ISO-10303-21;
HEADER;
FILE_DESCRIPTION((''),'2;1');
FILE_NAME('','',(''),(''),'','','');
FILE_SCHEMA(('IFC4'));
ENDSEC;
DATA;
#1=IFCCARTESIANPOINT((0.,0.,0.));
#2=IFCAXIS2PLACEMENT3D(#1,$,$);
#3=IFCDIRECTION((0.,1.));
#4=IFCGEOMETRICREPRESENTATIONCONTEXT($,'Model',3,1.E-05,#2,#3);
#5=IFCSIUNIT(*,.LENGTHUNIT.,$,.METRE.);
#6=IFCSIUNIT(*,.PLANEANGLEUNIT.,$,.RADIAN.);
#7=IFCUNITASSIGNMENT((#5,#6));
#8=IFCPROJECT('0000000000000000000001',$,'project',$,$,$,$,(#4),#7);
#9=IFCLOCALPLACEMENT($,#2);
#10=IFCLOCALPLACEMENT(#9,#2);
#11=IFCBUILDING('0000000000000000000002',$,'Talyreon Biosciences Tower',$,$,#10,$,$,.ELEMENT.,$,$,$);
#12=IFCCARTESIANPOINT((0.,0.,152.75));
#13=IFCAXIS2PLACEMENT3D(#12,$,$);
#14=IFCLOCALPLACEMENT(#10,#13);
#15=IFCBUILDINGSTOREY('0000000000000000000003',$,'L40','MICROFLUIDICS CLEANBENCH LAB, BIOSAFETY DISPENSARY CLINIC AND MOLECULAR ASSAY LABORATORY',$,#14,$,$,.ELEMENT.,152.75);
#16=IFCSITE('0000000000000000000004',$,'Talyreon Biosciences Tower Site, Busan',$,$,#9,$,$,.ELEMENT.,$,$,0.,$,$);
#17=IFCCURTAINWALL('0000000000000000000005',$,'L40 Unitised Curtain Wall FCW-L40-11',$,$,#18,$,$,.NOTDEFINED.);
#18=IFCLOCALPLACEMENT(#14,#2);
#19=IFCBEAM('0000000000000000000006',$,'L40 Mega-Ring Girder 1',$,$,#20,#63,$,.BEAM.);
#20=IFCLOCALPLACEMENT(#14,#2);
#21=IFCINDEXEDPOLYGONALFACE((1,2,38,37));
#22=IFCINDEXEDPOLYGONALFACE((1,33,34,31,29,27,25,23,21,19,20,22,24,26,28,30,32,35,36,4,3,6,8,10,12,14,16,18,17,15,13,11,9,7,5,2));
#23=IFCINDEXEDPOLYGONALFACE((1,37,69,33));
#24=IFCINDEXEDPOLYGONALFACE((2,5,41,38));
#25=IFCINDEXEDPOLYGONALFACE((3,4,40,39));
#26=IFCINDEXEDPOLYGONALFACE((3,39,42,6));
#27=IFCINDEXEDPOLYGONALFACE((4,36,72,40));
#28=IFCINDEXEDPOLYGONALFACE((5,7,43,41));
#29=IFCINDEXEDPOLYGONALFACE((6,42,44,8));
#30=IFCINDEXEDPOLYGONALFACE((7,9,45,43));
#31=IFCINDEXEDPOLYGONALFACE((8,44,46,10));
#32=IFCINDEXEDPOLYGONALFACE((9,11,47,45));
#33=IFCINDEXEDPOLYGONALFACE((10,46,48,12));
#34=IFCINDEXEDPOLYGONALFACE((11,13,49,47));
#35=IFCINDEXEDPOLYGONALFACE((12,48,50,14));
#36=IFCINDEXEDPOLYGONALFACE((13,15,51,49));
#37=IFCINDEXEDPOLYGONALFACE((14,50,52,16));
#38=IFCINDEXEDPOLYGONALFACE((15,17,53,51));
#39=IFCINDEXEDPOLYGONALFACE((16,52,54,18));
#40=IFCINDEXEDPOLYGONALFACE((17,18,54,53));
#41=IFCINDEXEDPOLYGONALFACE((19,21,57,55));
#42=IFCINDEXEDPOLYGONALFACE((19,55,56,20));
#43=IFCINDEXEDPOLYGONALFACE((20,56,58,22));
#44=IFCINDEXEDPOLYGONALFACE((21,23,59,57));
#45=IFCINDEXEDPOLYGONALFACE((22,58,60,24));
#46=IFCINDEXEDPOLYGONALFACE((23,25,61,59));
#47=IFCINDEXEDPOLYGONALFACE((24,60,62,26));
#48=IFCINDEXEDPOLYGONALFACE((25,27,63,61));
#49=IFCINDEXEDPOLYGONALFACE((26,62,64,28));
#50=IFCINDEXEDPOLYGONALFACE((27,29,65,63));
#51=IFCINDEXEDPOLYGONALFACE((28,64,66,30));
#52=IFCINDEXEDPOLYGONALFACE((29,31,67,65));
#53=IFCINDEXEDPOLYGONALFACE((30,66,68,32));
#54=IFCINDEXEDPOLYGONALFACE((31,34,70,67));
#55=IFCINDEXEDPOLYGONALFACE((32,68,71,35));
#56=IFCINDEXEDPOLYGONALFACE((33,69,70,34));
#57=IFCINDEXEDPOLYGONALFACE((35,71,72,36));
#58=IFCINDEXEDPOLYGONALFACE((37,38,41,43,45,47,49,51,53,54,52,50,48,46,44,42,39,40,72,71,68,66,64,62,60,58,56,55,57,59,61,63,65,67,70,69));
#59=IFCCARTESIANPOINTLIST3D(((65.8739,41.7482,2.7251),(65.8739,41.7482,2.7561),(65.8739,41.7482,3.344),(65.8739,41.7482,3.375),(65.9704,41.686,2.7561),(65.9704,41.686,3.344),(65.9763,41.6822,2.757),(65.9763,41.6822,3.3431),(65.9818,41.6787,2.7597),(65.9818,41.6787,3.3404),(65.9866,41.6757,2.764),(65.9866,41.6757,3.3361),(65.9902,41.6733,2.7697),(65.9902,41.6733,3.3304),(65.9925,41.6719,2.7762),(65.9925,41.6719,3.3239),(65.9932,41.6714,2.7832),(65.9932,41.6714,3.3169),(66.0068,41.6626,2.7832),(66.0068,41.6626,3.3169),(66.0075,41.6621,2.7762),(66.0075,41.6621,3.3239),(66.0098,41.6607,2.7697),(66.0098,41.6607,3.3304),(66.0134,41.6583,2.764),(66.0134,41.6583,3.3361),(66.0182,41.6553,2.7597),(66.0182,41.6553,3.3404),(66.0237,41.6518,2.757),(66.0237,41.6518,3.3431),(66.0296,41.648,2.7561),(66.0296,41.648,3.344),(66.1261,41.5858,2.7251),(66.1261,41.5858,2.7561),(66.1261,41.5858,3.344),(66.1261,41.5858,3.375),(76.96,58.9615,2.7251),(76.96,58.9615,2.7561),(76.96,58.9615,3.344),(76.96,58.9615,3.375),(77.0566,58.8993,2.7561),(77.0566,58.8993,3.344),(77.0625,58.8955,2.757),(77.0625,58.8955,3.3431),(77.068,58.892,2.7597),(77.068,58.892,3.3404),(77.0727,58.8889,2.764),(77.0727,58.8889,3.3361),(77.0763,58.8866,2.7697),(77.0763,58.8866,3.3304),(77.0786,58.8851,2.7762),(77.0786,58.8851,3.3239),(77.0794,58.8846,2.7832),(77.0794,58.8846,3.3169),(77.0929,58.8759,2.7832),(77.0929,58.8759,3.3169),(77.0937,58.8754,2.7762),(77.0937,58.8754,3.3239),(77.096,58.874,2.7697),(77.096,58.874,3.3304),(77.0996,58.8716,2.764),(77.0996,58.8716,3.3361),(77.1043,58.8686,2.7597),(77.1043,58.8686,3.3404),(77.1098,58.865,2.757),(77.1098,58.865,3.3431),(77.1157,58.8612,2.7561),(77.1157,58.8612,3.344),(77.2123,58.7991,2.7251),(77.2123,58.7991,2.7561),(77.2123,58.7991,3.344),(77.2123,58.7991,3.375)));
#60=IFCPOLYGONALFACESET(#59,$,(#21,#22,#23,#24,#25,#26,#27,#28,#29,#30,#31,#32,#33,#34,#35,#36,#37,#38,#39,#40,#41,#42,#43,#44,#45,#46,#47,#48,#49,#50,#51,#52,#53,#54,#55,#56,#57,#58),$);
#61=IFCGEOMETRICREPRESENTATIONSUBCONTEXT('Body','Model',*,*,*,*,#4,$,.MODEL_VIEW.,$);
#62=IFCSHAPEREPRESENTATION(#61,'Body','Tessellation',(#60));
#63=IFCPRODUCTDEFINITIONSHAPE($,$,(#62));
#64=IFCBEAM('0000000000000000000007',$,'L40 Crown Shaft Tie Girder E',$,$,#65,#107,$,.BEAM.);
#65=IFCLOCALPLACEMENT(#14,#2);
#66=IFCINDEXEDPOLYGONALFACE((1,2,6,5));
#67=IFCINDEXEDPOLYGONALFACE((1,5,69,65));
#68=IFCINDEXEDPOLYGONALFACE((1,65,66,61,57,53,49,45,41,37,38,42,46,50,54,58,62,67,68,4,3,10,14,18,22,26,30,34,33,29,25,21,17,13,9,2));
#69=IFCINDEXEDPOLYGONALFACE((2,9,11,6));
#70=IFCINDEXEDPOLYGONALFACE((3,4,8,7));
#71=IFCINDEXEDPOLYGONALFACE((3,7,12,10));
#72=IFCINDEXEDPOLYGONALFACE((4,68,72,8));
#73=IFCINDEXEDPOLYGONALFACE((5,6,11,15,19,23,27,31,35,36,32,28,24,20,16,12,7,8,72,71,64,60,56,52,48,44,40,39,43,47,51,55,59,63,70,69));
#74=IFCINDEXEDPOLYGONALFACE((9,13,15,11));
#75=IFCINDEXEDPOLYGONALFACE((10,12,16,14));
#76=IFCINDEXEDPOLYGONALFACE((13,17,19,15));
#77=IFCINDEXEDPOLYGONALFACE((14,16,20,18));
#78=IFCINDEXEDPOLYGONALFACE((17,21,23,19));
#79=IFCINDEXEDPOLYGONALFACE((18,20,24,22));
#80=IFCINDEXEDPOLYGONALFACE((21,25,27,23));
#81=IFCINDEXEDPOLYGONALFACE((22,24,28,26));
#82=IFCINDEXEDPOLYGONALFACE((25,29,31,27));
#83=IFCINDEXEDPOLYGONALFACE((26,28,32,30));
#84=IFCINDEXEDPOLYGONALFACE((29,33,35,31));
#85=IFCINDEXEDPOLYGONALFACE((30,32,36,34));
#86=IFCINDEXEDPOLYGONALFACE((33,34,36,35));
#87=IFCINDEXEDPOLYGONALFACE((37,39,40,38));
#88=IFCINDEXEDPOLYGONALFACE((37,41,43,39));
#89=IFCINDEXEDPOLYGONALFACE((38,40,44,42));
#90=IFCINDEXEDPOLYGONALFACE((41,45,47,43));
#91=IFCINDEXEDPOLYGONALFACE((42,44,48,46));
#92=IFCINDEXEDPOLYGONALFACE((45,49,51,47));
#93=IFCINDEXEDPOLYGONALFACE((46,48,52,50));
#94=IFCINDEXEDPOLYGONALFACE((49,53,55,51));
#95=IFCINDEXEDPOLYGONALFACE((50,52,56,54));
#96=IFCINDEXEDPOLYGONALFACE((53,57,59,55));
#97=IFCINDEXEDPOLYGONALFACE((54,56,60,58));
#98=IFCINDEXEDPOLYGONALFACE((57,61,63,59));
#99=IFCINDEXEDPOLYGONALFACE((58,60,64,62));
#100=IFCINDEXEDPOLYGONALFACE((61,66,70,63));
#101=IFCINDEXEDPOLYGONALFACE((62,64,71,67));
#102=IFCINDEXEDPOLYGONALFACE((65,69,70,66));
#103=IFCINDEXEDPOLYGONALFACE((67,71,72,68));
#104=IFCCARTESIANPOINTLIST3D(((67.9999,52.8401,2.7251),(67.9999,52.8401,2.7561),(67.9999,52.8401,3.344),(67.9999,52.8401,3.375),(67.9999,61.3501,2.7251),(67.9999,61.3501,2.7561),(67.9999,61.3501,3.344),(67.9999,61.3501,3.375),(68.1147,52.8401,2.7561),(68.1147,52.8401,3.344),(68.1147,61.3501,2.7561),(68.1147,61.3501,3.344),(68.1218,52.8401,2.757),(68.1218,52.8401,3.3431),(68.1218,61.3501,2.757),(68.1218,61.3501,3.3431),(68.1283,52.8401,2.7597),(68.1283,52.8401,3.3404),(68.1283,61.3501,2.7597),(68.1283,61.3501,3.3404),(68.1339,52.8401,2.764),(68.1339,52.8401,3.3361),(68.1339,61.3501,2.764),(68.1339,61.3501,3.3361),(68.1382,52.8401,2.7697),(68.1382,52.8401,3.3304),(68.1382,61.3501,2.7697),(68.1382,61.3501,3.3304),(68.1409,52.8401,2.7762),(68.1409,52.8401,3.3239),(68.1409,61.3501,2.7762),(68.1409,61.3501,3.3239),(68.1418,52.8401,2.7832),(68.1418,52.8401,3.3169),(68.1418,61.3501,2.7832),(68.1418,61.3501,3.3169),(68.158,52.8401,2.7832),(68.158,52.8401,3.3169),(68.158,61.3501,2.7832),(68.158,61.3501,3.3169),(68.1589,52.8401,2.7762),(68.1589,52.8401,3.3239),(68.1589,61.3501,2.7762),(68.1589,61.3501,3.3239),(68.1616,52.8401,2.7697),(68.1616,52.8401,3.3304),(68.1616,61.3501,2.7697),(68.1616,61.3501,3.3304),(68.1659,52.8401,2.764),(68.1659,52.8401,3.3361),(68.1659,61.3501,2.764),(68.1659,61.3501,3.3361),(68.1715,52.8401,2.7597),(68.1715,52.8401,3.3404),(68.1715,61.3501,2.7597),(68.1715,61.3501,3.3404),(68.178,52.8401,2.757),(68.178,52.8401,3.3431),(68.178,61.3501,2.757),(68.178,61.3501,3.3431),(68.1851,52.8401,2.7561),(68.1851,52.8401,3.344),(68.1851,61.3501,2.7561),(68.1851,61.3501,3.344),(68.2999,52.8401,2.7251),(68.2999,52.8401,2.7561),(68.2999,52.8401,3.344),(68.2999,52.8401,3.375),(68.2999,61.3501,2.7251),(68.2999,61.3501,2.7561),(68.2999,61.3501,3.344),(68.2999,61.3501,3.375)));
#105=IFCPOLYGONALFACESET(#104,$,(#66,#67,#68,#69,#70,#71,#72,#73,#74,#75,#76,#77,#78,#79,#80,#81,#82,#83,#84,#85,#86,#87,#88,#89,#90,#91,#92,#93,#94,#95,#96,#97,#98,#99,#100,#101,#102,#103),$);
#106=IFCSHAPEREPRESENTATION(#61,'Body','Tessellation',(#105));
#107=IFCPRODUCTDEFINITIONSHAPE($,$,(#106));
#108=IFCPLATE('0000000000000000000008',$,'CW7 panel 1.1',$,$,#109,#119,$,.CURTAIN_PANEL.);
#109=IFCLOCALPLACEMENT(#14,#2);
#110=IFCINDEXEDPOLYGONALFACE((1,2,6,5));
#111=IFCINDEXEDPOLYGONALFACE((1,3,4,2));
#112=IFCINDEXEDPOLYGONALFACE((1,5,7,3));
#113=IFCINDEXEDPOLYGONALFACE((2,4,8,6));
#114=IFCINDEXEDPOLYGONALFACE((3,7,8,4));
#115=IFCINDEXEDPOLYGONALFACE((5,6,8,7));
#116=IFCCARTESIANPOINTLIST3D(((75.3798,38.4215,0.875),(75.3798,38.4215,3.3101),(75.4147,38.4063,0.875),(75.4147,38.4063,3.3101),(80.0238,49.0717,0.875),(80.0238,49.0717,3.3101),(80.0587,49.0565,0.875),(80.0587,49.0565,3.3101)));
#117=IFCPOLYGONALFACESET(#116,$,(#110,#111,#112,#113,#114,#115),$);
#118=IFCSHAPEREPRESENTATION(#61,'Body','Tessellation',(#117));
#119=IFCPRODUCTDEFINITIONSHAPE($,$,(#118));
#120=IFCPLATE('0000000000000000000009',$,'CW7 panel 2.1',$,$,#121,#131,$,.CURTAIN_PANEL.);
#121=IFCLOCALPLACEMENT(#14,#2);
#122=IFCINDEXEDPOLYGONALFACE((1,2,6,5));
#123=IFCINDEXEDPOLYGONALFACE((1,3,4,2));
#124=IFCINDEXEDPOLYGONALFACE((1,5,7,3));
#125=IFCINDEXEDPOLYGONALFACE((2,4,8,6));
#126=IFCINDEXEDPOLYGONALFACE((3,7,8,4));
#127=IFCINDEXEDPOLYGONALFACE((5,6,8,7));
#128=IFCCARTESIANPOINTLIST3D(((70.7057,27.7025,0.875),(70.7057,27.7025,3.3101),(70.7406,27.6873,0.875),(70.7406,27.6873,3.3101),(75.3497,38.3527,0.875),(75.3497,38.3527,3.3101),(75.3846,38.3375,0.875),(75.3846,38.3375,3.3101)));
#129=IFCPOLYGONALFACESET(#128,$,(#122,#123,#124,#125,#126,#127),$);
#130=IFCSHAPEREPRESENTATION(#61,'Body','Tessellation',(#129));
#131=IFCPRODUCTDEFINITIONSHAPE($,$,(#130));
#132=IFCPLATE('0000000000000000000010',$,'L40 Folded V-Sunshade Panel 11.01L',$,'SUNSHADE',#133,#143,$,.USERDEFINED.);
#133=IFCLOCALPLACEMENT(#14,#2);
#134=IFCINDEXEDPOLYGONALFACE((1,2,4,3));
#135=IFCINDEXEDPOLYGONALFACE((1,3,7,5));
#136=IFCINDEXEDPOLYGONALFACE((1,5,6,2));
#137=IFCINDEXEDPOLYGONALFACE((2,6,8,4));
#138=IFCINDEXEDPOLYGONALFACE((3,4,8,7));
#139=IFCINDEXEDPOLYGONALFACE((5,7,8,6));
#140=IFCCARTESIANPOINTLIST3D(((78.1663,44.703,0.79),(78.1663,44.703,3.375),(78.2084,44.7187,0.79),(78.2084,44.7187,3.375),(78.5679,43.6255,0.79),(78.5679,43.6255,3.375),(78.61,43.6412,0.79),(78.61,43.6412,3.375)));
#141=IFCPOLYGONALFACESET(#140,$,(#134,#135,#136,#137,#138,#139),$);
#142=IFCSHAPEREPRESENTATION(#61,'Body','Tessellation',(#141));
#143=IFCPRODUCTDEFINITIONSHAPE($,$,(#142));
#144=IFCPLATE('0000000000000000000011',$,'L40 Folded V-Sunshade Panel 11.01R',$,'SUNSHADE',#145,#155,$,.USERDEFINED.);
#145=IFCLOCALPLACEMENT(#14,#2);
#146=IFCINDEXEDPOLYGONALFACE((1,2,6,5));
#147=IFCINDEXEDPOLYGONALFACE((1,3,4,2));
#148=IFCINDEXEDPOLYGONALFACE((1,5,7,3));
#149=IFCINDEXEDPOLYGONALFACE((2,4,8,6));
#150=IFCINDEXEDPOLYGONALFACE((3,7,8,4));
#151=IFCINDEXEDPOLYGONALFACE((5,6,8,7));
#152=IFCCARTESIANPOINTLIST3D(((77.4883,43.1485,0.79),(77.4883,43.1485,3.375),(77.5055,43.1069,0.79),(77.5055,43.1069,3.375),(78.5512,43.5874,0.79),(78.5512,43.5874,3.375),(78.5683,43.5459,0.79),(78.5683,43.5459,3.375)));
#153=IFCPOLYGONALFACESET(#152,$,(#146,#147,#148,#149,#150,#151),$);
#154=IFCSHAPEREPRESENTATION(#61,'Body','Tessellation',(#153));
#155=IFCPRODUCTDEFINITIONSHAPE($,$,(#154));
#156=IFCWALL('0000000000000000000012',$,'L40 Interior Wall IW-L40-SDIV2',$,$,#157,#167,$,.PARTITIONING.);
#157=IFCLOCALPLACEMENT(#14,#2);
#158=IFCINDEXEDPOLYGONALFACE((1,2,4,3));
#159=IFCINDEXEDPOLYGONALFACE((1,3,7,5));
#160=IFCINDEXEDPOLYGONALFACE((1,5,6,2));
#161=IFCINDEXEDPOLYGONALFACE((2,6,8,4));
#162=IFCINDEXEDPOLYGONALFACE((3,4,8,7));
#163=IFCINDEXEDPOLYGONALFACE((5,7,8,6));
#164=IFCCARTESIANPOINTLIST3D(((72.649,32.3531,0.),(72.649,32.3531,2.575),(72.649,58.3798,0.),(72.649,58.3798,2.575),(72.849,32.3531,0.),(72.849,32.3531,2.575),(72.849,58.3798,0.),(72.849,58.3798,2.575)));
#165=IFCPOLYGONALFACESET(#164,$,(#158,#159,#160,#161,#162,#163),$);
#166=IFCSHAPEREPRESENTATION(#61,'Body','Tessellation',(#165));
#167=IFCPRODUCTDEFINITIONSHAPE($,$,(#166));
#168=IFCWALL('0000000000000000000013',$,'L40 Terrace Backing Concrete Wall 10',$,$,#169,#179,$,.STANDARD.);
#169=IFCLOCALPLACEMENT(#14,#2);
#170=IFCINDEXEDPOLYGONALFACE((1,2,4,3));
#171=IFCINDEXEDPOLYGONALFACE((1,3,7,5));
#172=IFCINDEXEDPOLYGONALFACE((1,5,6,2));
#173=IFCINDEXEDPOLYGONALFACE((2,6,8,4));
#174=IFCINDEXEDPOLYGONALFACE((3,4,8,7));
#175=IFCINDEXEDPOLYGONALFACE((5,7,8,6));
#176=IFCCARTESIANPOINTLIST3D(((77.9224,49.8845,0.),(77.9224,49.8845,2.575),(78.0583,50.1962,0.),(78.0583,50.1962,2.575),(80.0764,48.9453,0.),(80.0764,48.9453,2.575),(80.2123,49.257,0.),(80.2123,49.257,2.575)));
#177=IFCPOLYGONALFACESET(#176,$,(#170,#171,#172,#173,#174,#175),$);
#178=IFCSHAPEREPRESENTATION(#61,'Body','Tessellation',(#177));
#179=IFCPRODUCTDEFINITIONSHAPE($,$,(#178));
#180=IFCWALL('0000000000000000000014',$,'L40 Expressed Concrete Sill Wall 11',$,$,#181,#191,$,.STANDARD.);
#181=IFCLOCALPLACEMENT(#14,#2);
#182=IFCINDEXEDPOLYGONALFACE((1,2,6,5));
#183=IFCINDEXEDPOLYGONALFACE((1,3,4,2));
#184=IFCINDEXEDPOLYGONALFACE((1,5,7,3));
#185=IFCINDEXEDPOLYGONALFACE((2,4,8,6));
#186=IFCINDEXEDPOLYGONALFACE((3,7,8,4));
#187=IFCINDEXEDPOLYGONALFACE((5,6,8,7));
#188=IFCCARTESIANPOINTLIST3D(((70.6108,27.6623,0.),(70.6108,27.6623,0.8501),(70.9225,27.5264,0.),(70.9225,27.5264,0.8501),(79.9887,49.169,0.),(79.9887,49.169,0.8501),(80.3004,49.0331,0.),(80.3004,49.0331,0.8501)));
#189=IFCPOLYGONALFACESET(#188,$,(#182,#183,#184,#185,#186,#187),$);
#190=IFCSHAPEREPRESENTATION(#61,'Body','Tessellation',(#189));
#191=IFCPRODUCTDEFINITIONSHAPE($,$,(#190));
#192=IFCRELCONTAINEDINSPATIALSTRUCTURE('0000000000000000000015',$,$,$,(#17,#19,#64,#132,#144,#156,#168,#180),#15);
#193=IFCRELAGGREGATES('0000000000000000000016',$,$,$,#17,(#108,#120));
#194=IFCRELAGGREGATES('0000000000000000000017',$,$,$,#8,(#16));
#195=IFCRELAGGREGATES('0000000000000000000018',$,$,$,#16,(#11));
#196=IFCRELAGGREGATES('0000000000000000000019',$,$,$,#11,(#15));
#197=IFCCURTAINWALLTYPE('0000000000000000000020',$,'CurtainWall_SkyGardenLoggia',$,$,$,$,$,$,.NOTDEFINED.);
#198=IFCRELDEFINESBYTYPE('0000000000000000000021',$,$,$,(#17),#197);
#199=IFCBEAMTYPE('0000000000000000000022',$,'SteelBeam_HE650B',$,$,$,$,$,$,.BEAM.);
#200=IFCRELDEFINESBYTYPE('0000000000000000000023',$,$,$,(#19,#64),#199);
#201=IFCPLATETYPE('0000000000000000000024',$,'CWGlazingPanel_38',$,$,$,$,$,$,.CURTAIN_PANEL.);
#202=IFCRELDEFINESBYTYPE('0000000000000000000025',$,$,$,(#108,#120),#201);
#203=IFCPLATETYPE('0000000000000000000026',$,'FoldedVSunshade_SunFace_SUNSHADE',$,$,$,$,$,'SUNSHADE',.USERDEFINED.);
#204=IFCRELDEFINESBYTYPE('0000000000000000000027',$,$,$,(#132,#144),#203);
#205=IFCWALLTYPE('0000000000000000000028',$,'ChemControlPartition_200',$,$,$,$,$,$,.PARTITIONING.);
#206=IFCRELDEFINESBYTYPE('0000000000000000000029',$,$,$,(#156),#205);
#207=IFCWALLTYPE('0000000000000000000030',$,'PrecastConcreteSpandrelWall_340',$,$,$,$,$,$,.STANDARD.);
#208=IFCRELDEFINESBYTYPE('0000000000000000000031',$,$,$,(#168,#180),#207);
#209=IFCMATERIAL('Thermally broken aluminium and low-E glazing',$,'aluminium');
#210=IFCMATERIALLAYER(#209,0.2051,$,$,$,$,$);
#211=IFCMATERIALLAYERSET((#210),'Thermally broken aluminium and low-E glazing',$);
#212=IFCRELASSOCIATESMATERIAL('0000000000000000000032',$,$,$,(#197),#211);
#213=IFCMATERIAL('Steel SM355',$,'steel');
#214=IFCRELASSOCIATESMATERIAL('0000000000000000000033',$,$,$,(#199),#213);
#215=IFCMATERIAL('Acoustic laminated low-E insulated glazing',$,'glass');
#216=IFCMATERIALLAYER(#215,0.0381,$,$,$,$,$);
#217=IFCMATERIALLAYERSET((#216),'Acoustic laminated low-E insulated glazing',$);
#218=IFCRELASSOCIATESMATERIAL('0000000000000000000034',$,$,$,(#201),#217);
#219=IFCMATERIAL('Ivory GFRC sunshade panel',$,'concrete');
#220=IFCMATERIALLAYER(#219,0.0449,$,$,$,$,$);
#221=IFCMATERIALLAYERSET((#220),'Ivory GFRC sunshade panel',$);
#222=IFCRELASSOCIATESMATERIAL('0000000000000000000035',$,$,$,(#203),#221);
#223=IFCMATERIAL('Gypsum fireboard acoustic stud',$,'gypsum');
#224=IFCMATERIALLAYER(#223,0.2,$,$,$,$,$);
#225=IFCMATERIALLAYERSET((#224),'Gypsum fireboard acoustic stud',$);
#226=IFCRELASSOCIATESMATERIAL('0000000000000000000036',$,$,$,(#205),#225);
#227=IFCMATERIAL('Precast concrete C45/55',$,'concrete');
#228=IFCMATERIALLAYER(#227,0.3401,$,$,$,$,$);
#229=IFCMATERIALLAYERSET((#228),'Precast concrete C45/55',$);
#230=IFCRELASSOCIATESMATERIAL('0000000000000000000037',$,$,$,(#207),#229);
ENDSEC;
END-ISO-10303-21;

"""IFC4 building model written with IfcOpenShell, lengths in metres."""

from ifc_helpers import new_model, si_unit, direction, frame, frame_2d, origin, origin_2d, place, context, subcontext, project, spatial, rectangle, i_section, extrude, material, layer, layer_set, material_profile, profile_set, type_object, element, aggregate, save


model = new_model("IFC4")

# Units and contexts
model_context = context("Model", 3, precision=1e-05, world=origin(), true_north=direction((0.0, 1.0)))
body_context = subcontext(model_context, "Body", "Model", "MODEL_VIEW")
ifc_project = project(units=[si_unit("LENGTHUNIT", "METRE"), si_unit("PLANEANGLEUNIT", "RADIAN")], contexts=[model_context])

# Site, building, storey
site_placement = place(None, origin())
site = spatial("IfcSite", under=ifc_project, at=site_placement, Name="Talyreon Biosciences Tower Site, Busan", CompositionType="ELEMENT", RefElevation=0.0)
building_placement = place(site_placement, origin())
building = spatial("IfcBuilding", under=site, at=building_placement, Name="Talyreon Biosciences Tower", CompositionType="ELEMENT")
storey_placement = place(building_placement, frame((0.0, 0.0, 152.75)))
storey = spatial("IfcBuildingStorey", under=building, at=storey_placement, Name="L40", Description="MICROFLUIDICS CLEANBENCH LAB, BIOSAFETY DISPENSARY CLINIC AND MOLECULAR ASSAY LABORATORY", CompositionType="ELEMENT", Elevation=152.75)

# Shared definitions
ifc_material_1 = material(Name="Precast concrete C45/55", Category="concrete")

# Curtain wall
ifc_material_2 = material(Name="Thermally broken aluminium and low-E glazing", Category="aluminium")
ifc_layer_1 = layer(ifc_material_2, 0.2051)
ifc_layer_set_1 = layer_set([ifc_layer_1], Name="Thermally broken aluminium and low-E glazing")
curtain_wall_type = type_object("IfcCurtainWallType", Name="CurtainWall_SkyGardenLoggia", PredefinedType="NOTDEFINED", material=ifc_layer_set_1)
curtain_wall_placement = place(storey_placement, origin())
curtain_wall = element("IfcCurtainWall", 1, at=curtain_wall_placement, inside=storey, type_object=curtain_wall_type, Name="L40 Unitised Curtain Wall FCW-L40-11", PredefinedType="NOTDEFINED")

# Beams
ifc_material_3 = material(Name="Steel SM355", Category="steel")
ifc_material_profile_1 = material_profile(ifc_material_3, i_section(OverallWidth=0.3, OverallDepth=0.6499, WebThickness=0.0161, FlangeThickness=0.031, FilletRadius=0.0271, at=origin_2d()), Name="HE650B")
ifc_profile_set_1 = profile_set([ifc_material_profile_1], Name="Steel SM355")
beam_type_1 = type_object("IfcBeamType", Name="SteelBeam_HE650B", PredefinedType="BEAM", material=ifc_profile_set_1)
beam_1_placement = place(storey_placement, frame((66.0, 41.667, 3.05), z_axis=(0.541464, 0.840724, 0.0), x_axis=(-0.840724, 0.541464, 0.0)))
element("IfcBeam", 2, at=beam_1_placement, inside=storey, type_object=beam_type_1, Name="L40 Mega-Ring Girder 1", PredefinedType="BEAM", context=body_context, shape_type="SweptSolid", body=[
    extrude(i_section(OverallWidth=0.3, OverallDepth=0.6499, WebThickness=0.0161, FlangeThickness=0.031, FilletRadius=0.0271, at=origin_2d()), origin(), (0.0, 0.0, 1.0), 20.4744),
])
beam_2_placement = place(storey_placement, frame((68.1499, 52.8401, 3.05), z_axis=(0.0, 1.0, 0.0), x_axis=(-1.0, 0.0, 0.0)))
element("IfcBeam", 3, at=beam_2_placement, inside=storey, type_object=beam_type_1, Name="L40 Crown Shaft Tie Girder E", PredefinedType="BEAM", context=body_context, shape_type="SweptSolid", body=[
    extrude(i_section(OverallWidth=0.3, OverallDepth=0.6499, WebThickness=0.0161, FlangeThickness=0.031, FilletRadius=0.0271, at=origin_2d()), origin(), (0.0, 0.0, 1.0), 8.51),
])

# Plates
ifc_material_4 = material(Name="Acoustic laminated low-E insulated glazing", Category="glass")
ifc_layer_2 = layer(ifc_material_4, 0.0381)
ifc_layer_set_2 = layer_set([ifc_layer_2], Name="Acoustic laminated low-E insulated glazing")
plate_type_1 = type_object("IfcPlateType", Name="CWGlazingPanel_38", PredefinedType="CURTAIN_PANEL", material=ifc_layer_set_2)
plate_1_placement = place(storey_placement, frame((77.7192, 43.739, 0.875), z_axis=(0.0, 0.0, 1.0), x_axis=(-0.399698, -0.916647, 0.0)))
plate_1 = element("IfcPlate", 4, at=plate_1_placement, type_object=plate_type_1, Name="CW7 panel 1.1", PredefinedType="CURTAIN_PANEL", context=body_context, shape_type="SweptSolid", body=[
    extrude(rectangle(XDim=11.6187, YDim=0.0381, at=origin_2d()), origin(), (0.0, 0.0, 1.0), 2.4351),
])
plate_2_placement = place(storey_placement, frame((73.0452, 33.02, 0.875), z_axis=(0.0, 0.0, 1.0), x_axis=(-0.399698, -0.916647, 0.0)))
plate_2 = element("IfcPlate", 5, at=plate_2_placement, type_object=plate_type_1, Name="CW7 panel 2.1", PredefinedType="CURTAIN_PANEL", context=body_context, shape_type="SweptSolid", body=[
    extrude(rectangle(XDim=11.6187, YDim=0.0381, at=origin_2d()), origin(), (0.0, 0.0, 1.0), 2.4351),
])
aggregate(curtain_wall, [plate_1, plate_2])

# Plates
ifc_material_5 = material(Name="Ivory GFRC sunshade panel", Category="concrete")
ifc_layer_3 = layer(ifc_material_5, 0.0449)
ifc_layer_set_3 = layer_set([ifc_layer_3], Name="Ivory GFRC sunshade panel")
plate_type_2 = type_object("IfcPlateType", Name="FoldedVSunshade_SunFace_SUNSHADE", ElementType="SUNSHADE", PredefinedType="USERDEFINED", material=ifc_layer_set_3)
for number, where, z_axis, x_axis, name in (
    (6, (78.3882, 44.1721, 0.79), (0.0, 0.0, 1.0), (0.349243, -0.937032, 0.0), "L40 Folded V-Sunshade Panel 11.01L"),
    (7, (78.0283, 43.3472, 0.79), (0.0, 0.0, 1.0), (-0.924273, -0.381732, 0.0), "L40 Folded V-Sunshade Panel 11.01R"),
):
    element("IfcPlate", number, at=place(storey_placement, frame(where, z_axis=z_axis, x_axis=x_axis)), inside=storey, type_object=plate_type_2, Name=name, ObjectType="SUNSHADE", PredefinedType="USERDEFINED", context=body_context, shape_type="SweptSolid", body=[
        extrude(rectangle(XDim=1.1499, YDim=0.0449, at=origin_2d()), origin(), (0.0, 0.0, 1.0), 2.585),
    ])

# Walls
ifc_material_6 = material(Name="Gypsum fireboard acoustic stud", Category="gypsum")
ifc_layer_4 = layer(ifc_material_6, 0.2)
ifc_layer_set_4 = layer_set([ifc_layer_4], Name="Gypsum fireboard acoustic stud")
wall_type_1 = type_object("IfcWallType", Name="ChemControlPartition_200", PredefinedType="PARTITIONING", material=ifc_layer_set_4)
wall_1_placement = place(storey_placement, frame((72.749, 32.3533, 0.0), z_axis=(0.0, 0.0, 1.0), x_axis=(0.0, 1.0, 0.0)))
element("IfcWall", 8, at=wall_1_placement, inside=storey, type_object=wall_type_1, Name="L40 Interior Wall IW-L40-SDIV2", PredefinedType="PARTITIONING", context=body_context, shape_type="SweptSolid", body=[
    extrude(rectangle(XDim=26.0266, YDim=0.2, at=frame_2d((13.0132, 0.0))), origin(), (0.0, 0.0, 1.0), 2.575),
])
ifc_layer_5 = layer(ifc_material_1, 0.3401)
ifc_layer_set_5 = layer_set([ifc_layer_5], Name="Precast concrete C45/55")
wall_type_2 = type_object("IfcWallType", Name="PrecastConcreteSpandrelWall_340", PredefinedType="STANDARD", material=ifc_layer_set_5)
wall_2_placement = place(storey_placement, frame((77.9905, 50.0403, 0.0), z_axis=(0.0, 0.0, 1.0), x_axis=(0.916655, -0.399679, 0.0)))
element("IfcWall", 9, at=wall_2_placement, inside=storey, type_object=wall_type_2, Name="L40 Terrace Backing Concrete Wall 10", PredefinedType="STANDARD", context=body_context, shape_type="SweptSolid", body=[
    extrude(rectangle(XDim=2.3499, YDim=0.3401, at=frame_2d((1.1748, 0.0))), origin(), (0.0, 0.0, 1.0), 2.575),
])
wall_3_placement = place(storey_placement, frame((80.1445, 49.1011, 0.0), z_axis=(0.0, 0.0, 1.0), x_axis=(-0.399698, -0.916647, 0.0)))
element("IfcWall", 10, at=wall_3_placement, inside=storey, type_object=wall_type_2, Name="L40 Expressed Concrete Sill Wall 11", PredefinedType="STANDARD", context=body_context, shape_type="SweptSolid", body=[
    extrude(rectangle(XDim=23.4624, YDim=0.3401, at=frame_2d((11.7312, 0.0))), origin(), (0.0, 0.0, 1.0), 0.8501),
])

save(model, "model.ifc")
